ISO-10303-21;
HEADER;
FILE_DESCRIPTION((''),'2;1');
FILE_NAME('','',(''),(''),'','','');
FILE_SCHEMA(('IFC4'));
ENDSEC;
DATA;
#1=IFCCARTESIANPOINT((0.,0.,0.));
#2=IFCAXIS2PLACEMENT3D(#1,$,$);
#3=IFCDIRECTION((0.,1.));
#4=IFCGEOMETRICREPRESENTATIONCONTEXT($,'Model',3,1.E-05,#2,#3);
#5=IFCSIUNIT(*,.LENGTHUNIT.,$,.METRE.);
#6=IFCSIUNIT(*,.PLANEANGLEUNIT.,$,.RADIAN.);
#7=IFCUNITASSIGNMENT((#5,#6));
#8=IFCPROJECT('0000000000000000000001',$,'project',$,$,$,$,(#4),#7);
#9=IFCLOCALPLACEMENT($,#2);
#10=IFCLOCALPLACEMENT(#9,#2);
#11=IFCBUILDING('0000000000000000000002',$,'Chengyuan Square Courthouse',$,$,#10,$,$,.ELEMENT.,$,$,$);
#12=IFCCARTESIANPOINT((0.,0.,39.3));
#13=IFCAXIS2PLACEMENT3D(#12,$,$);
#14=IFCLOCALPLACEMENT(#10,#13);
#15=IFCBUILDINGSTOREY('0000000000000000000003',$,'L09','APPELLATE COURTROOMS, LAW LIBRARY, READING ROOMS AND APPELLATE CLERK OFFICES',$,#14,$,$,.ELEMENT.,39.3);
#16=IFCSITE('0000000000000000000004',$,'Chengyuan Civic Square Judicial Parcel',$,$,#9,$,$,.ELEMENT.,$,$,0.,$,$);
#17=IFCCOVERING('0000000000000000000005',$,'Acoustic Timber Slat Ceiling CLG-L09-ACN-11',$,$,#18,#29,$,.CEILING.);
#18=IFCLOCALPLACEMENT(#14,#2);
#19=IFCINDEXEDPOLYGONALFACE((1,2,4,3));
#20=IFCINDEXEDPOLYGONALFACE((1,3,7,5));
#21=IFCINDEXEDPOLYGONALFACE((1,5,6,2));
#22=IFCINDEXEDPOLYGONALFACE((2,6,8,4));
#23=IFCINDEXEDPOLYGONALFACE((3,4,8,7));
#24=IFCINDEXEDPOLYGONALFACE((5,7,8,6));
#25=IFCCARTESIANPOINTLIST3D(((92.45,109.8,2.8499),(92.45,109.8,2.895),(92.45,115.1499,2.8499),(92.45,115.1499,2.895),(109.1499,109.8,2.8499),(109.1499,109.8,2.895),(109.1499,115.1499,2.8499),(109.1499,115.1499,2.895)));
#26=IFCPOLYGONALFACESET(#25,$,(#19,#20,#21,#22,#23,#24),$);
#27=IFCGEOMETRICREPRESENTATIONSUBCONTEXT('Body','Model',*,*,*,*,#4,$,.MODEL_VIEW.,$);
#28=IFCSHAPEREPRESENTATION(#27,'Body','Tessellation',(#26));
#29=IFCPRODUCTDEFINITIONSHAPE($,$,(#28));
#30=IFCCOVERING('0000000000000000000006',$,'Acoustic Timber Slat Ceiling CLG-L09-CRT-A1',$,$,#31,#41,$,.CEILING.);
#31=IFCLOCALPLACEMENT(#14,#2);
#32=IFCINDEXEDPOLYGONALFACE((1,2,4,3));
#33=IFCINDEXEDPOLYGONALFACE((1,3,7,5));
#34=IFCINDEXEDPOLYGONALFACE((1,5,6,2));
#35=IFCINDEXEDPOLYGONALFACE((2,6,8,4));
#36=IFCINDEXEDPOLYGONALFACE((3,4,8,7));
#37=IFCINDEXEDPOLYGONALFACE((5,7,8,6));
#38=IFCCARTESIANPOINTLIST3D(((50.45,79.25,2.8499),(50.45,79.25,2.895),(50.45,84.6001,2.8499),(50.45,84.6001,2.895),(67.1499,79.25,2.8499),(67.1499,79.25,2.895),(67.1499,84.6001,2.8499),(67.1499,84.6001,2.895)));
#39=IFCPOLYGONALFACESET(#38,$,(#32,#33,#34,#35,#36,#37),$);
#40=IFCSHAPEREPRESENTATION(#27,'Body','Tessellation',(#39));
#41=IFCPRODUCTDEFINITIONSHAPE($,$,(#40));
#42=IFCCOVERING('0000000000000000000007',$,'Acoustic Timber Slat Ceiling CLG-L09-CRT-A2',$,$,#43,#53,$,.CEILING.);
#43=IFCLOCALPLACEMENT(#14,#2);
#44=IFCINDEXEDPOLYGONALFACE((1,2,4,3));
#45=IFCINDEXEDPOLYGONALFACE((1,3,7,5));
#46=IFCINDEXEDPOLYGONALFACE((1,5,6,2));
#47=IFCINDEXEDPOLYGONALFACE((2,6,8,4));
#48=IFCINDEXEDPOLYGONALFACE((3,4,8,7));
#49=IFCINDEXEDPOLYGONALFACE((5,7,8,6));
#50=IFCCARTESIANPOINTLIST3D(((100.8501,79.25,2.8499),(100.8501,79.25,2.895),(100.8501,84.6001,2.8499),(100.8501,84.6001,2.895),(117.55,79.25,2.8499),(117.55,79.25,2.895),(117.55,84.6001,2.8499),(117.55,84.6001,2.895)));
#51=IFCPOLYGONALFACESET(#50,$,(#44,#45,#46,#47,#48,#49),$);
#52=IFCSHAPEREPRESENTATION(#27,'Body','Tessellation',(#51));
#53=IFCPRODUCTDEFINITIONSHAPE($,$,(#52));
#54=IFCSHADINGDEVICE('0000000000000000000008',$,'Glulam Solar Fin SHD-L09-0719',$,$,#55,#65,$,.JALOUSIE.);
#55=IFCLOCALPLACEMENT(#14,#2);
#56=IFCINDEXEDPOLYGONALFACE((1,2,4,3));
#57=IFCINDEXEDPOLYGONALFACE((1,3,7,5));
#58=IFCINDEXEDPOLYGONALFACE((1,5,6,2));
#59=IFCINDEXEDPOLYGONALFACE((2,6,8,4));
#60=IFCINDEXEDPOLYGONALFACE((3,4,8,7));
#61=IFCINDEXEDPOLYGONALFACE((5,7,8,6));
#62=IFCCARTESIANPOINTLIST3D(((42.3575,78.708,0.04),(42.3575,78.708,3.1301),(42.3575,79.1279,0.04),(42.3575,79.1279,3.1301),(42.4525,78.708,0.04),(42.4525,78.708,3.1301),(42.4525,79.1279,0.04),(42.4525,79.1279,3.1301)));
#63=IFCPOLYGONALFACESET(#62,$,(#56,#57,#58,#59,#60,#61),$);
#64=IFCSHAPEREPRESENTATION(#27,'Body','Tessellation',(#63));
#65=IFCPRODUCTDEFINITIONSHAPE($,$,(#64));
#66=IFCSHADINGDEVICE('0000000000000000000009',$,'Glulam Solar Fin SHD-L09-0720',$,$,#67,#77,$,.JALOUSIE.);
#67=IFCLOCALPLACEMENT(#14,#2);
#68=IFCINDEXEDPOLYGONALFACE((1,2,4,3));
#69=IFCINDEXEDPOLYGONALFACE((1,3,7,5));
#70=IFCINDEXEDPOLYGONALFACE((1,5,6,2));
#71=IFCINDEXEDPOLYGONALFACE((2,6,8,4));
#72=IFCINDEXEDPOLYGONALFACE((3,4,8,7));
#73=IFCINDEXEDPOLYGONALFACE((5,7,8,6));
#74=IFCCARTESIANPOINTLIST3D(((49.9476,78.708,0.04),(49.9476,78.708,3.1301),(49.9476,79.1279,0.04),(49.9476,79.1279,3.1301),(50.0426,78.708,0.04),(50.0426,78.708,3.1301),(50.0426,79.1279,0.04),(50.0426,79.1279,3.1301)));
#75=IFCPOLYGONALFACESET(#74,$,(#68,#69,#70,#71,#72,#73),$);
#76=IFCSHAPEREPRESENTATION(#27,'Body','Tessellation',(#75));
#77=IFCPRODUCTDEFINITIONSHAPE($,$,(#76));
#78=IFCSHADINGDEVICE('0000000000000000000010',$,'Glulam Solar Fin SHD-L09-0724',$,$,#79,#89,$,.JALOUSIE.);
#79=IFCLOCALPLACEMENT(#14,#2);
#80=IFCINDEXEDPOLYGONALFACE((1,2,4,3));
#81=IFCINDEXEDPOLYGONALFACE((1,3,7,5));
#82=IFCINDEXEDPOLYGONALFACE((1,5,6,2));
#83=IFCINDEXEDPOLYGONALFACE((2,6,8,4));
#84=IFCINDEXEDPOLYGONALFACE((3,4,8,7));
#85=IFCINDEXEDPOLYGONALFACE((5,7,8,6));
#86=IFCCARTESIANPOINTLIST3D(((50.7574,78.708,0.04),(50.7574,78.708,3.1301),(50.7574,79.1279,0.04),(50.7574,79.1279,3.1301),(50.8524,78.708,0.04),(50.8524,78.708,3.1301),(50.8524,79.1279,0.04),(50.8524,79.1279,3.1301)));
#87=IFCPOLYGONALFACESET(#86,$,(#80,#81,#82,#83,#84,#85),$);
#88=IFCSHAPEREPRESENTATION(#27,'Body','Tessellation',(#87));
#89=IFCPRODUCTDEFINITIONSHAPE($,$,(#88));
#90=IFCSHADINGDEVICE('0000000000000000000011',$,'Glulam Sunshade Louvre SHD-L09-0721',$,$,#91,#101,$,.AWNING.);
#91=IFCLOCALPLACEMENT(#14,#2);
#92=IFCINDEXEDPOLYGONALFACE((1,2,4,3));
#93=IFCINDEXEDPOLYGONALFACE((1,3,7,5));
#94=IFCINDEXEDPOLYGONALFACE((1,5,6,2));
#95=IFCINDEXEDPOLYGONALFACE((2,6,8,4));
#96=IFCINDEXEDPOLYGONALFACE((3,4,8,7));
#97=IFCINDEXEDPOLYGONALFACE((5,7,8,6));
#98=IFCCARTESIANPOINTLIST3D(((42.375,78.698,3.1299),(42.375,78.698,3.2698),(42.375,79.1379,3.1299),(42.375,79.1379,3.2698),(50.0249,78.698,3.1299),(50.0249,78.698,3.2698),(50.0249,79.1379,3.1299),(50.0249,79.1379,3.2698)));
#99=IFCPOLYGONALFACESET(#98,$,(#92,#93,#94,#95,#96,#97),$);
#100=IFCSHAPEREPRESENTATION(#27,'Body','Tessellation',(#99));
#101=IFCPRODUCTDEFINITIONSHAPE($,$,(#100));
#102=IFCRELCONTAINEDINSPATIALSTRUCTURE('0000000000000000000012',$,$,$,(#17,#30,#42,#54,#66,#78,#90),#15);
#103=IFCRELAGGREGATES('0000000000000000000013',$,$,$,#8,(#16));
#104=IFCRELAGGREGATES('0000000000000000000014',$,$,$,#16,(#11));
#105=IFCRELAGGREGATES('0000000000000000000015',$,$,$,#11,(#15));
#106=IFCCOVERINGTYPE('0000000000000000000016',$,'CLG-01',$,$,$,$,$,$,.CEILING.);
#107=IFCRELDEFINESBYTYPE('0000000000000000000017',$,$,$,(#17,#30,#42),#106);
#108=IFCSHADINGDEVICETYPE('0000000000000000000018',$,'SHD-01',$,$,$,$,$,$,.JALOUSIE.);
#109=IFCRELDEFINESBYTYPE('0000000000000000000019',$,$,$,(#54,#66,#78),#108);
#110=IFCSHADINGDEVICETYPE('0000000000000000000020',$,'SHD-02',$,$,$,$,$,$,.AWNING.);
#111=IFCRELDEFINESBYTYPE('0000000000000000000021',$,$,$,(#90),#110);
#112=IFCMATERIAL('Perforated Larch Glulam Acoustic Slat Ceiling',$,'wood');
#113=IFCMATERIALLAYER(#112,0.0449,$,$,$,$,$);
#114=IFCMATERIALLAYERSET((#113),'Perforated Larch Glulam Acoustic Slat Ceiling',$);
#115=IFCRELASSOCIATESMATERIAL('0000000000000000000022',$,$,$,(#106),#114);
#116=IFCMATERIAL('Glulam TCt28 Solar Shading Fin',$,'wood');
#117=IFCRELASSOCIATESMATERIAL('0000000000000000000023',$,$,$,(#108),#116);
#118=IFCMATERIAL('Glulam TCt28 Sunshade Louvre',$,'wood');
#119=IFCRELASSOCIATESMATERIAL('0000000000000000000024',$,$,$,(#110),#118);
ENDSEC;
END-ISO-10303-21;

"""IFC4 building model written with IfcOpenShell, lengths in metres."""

from ifc_helpers import new_model, si_unit, direction, frame, origin, origin_2d, place, context, subcontext, project, spatial, polyline, rectangle, outline, extrude, material, layer, layer_set, type_object, element, save


model = new_model("IFC4")

# Units and contexts
model_context = context("Model", 3, precision=1e-05, world=origin(), true_north=direction((0.0, 1.0)))
body_context = subcontext(model_context, "Body", "Model", "MODEL_VIEW")
ifc_project = project(units=[si_unit("LENGTHUNIT", "METRE"), si_unit("PLANEANGLEUNIT", "RADIAN")], contexts=[model_context])

# Site, building, storey
site_placement = place(None, origin())
site = spatial("IfcSite", under=ifc_project, at=site_placement, Name="Chengyuan Civic Square Judicial Parcel", CompositionType="ELEMENT", RefElevation=0.0)
building_placement = place(site_placement, origin())
building = spatial("IfcBuilding", under=site, at=building_placement, Name="Chengyuan Square Courthouse", CompositionType="ELEMENT")
storey_placement = place(building_placement, frame((0.0, 0.0, 39.3)))
storey = spatial("IfcBuildingStorey", under=building, at=storey_placement, Name="L09", Description="APPELLATE COURTROOMS, LAW LIBRARY, READING ROOMS AND APPELLATE CLERK OFFICES", CompositionType="ELEMENT", Elevation=39.3)

# Coverings
ifc_material_1 = material(Name="Perforated Larch Glulam Acoustic Slat Ceiling", Category="wood")
ifc_layer_1 = layer(ifc_material_1, 0.0449)
ifc_layer_set_1 = layer_set([ifc_layer_1], Name="Perforated Larch Glulam Acoustic Slat Ceiling")
covering_type = type_object("IfcCoveringType", Name="CLG-01", PredefinedType="CEILING", material=ifc_layer_set_1)
covering_1_placement = place(storey_placement, frame((0.0, 0.0, 2.8499)))
element("IfcCovering", 1, at=covering_1_placement, inside=storey, type_object=covering_type, Name="Acoustic Timber Slat Ceiling CLG-L09-ACN-11", PredefinedType="CEILING", context=body_context, shape_type="SweptSolid", body=[
    extrude(outline(polyline([(92.45, 109.8), (109.1499, 109.8), (109.1499, 115.1499), (92.45, 115.1499), (92.45, 109.8)])), origin(), (0.0, 0.0, 1.0), 0.0452),
])
covering_2_placement = place(storey_placement, frame((0.0, 0.0, 2.8499)))
element("IfcCovering", 2, at=covering_2_placement, inside=storey, type_object=covering_type, Name="Acoustic Timber Slat Ceiling CLG-L09-CRT-A1", PredefinedType="CEILING", context=body_context, shape_type="SweptSolid", body=[
    extrude(outline(polyline([(50.45, 79.25), (67.1499, 79.25), (67.1499, 84.6001), (50.45, 84.6001), (50.45, 79.25)])), origin(), (0.0, 0.0, 1.0), 0.0452),
])
covering_3_placement = place(storey_placement, frame((0.0, 0.0, 2.8499)))
element("IfcCovering", 3, at=covering_3_placement, inside=storey, type_object=covering_type, Name="Acoustic Timber Slat Ceiling CLG-L09-CRT-A2", PredefinedType="CEILING", context=body_context, shape_type="SweptSolid", body=[
    extrude(outline(polyline([(100.8501, 79.25), (117.55, 79.25), (117.55, 84.6001), (100.8501, 84.6001), (100.8501, 79.25)])), origin(), (0.0, 0.0, 1.0), 0.0452),
])

# Shading devices
ifc_material_2 = material(Name="Glulam TCt28 Solar Shading Fin", Category="wood")
shading_device_type_1 = type_object("IfcShadingDeviceType", Name="SHD-01", PredefinedType="JALOUSIE", material=ifc_material_2)
for number, where, z_axis, x_axis, name in (
    (4, (42.405, 78.918, 0.04), (0.0, 0.0, 1.0), (0.0, 1.0, 0.0), "Glulam Solar Fin SHD-L09-0719"),
    (5, (49.9951, 78.918, 0.04), (0.0, 0.0, 1.0), (0.0, 1.0, 0.0), "Glulam Solar Fin SHD-L09-0720"),
    (6, (50.8049, 78.918, 0.04), (0.0, 0.0, 1.0), (0.0, 1.0, 0.0), "Glulam Solar Fin SHD-L09-0724"),
):
    element("IfcShadingDevice", number, at=place(storey_placement, frame(where, z_axis=z_axis, x_axis=x_axis)), inside=storey, type_object=shading_device_type_1, Name=name, PredefinedType="JALOUSIE", context=body_context, shape_type="SweptSolid", body=[
        extrude(rectangle(XDim=0.4199, YDim=0.095, at=origin_2d()), origin(), (0.0, 0.0, 1.0), 3.0901),
    ])
ifc_material_3 = material(Name="Glulam TCt28 Sunshade Louvre", Category="wood")
shading_device_type_2 = type_object("IfcShadingDeviceType", Name="SHD-02", PredefinedType="AWNING", material=ifc_material_3)
shading_device_placement = place(storey_placement, frame((46.2, 78.918, 3.1299), z_axis=(0.0, 0.0, 1.0), x_axis=(1.0, 0.0, 0.0)))
element("IfcShadingDevice", 7, at=shading_device_placement, inside=storey, type_object=shading_device_type_2, Name="Glulam Sunshade Louvre SHD-L09-0721", PredefinedType="AWNING", context=body_context, shape_type="SweptSolid", body=[
    extrude(rectangle(XDim=7.6499, YDim=0.4399, at=origin_2d()), origin(), (0.0, 0.0, 1.0), 0.1399),
])

save(model, "model.ifc")
